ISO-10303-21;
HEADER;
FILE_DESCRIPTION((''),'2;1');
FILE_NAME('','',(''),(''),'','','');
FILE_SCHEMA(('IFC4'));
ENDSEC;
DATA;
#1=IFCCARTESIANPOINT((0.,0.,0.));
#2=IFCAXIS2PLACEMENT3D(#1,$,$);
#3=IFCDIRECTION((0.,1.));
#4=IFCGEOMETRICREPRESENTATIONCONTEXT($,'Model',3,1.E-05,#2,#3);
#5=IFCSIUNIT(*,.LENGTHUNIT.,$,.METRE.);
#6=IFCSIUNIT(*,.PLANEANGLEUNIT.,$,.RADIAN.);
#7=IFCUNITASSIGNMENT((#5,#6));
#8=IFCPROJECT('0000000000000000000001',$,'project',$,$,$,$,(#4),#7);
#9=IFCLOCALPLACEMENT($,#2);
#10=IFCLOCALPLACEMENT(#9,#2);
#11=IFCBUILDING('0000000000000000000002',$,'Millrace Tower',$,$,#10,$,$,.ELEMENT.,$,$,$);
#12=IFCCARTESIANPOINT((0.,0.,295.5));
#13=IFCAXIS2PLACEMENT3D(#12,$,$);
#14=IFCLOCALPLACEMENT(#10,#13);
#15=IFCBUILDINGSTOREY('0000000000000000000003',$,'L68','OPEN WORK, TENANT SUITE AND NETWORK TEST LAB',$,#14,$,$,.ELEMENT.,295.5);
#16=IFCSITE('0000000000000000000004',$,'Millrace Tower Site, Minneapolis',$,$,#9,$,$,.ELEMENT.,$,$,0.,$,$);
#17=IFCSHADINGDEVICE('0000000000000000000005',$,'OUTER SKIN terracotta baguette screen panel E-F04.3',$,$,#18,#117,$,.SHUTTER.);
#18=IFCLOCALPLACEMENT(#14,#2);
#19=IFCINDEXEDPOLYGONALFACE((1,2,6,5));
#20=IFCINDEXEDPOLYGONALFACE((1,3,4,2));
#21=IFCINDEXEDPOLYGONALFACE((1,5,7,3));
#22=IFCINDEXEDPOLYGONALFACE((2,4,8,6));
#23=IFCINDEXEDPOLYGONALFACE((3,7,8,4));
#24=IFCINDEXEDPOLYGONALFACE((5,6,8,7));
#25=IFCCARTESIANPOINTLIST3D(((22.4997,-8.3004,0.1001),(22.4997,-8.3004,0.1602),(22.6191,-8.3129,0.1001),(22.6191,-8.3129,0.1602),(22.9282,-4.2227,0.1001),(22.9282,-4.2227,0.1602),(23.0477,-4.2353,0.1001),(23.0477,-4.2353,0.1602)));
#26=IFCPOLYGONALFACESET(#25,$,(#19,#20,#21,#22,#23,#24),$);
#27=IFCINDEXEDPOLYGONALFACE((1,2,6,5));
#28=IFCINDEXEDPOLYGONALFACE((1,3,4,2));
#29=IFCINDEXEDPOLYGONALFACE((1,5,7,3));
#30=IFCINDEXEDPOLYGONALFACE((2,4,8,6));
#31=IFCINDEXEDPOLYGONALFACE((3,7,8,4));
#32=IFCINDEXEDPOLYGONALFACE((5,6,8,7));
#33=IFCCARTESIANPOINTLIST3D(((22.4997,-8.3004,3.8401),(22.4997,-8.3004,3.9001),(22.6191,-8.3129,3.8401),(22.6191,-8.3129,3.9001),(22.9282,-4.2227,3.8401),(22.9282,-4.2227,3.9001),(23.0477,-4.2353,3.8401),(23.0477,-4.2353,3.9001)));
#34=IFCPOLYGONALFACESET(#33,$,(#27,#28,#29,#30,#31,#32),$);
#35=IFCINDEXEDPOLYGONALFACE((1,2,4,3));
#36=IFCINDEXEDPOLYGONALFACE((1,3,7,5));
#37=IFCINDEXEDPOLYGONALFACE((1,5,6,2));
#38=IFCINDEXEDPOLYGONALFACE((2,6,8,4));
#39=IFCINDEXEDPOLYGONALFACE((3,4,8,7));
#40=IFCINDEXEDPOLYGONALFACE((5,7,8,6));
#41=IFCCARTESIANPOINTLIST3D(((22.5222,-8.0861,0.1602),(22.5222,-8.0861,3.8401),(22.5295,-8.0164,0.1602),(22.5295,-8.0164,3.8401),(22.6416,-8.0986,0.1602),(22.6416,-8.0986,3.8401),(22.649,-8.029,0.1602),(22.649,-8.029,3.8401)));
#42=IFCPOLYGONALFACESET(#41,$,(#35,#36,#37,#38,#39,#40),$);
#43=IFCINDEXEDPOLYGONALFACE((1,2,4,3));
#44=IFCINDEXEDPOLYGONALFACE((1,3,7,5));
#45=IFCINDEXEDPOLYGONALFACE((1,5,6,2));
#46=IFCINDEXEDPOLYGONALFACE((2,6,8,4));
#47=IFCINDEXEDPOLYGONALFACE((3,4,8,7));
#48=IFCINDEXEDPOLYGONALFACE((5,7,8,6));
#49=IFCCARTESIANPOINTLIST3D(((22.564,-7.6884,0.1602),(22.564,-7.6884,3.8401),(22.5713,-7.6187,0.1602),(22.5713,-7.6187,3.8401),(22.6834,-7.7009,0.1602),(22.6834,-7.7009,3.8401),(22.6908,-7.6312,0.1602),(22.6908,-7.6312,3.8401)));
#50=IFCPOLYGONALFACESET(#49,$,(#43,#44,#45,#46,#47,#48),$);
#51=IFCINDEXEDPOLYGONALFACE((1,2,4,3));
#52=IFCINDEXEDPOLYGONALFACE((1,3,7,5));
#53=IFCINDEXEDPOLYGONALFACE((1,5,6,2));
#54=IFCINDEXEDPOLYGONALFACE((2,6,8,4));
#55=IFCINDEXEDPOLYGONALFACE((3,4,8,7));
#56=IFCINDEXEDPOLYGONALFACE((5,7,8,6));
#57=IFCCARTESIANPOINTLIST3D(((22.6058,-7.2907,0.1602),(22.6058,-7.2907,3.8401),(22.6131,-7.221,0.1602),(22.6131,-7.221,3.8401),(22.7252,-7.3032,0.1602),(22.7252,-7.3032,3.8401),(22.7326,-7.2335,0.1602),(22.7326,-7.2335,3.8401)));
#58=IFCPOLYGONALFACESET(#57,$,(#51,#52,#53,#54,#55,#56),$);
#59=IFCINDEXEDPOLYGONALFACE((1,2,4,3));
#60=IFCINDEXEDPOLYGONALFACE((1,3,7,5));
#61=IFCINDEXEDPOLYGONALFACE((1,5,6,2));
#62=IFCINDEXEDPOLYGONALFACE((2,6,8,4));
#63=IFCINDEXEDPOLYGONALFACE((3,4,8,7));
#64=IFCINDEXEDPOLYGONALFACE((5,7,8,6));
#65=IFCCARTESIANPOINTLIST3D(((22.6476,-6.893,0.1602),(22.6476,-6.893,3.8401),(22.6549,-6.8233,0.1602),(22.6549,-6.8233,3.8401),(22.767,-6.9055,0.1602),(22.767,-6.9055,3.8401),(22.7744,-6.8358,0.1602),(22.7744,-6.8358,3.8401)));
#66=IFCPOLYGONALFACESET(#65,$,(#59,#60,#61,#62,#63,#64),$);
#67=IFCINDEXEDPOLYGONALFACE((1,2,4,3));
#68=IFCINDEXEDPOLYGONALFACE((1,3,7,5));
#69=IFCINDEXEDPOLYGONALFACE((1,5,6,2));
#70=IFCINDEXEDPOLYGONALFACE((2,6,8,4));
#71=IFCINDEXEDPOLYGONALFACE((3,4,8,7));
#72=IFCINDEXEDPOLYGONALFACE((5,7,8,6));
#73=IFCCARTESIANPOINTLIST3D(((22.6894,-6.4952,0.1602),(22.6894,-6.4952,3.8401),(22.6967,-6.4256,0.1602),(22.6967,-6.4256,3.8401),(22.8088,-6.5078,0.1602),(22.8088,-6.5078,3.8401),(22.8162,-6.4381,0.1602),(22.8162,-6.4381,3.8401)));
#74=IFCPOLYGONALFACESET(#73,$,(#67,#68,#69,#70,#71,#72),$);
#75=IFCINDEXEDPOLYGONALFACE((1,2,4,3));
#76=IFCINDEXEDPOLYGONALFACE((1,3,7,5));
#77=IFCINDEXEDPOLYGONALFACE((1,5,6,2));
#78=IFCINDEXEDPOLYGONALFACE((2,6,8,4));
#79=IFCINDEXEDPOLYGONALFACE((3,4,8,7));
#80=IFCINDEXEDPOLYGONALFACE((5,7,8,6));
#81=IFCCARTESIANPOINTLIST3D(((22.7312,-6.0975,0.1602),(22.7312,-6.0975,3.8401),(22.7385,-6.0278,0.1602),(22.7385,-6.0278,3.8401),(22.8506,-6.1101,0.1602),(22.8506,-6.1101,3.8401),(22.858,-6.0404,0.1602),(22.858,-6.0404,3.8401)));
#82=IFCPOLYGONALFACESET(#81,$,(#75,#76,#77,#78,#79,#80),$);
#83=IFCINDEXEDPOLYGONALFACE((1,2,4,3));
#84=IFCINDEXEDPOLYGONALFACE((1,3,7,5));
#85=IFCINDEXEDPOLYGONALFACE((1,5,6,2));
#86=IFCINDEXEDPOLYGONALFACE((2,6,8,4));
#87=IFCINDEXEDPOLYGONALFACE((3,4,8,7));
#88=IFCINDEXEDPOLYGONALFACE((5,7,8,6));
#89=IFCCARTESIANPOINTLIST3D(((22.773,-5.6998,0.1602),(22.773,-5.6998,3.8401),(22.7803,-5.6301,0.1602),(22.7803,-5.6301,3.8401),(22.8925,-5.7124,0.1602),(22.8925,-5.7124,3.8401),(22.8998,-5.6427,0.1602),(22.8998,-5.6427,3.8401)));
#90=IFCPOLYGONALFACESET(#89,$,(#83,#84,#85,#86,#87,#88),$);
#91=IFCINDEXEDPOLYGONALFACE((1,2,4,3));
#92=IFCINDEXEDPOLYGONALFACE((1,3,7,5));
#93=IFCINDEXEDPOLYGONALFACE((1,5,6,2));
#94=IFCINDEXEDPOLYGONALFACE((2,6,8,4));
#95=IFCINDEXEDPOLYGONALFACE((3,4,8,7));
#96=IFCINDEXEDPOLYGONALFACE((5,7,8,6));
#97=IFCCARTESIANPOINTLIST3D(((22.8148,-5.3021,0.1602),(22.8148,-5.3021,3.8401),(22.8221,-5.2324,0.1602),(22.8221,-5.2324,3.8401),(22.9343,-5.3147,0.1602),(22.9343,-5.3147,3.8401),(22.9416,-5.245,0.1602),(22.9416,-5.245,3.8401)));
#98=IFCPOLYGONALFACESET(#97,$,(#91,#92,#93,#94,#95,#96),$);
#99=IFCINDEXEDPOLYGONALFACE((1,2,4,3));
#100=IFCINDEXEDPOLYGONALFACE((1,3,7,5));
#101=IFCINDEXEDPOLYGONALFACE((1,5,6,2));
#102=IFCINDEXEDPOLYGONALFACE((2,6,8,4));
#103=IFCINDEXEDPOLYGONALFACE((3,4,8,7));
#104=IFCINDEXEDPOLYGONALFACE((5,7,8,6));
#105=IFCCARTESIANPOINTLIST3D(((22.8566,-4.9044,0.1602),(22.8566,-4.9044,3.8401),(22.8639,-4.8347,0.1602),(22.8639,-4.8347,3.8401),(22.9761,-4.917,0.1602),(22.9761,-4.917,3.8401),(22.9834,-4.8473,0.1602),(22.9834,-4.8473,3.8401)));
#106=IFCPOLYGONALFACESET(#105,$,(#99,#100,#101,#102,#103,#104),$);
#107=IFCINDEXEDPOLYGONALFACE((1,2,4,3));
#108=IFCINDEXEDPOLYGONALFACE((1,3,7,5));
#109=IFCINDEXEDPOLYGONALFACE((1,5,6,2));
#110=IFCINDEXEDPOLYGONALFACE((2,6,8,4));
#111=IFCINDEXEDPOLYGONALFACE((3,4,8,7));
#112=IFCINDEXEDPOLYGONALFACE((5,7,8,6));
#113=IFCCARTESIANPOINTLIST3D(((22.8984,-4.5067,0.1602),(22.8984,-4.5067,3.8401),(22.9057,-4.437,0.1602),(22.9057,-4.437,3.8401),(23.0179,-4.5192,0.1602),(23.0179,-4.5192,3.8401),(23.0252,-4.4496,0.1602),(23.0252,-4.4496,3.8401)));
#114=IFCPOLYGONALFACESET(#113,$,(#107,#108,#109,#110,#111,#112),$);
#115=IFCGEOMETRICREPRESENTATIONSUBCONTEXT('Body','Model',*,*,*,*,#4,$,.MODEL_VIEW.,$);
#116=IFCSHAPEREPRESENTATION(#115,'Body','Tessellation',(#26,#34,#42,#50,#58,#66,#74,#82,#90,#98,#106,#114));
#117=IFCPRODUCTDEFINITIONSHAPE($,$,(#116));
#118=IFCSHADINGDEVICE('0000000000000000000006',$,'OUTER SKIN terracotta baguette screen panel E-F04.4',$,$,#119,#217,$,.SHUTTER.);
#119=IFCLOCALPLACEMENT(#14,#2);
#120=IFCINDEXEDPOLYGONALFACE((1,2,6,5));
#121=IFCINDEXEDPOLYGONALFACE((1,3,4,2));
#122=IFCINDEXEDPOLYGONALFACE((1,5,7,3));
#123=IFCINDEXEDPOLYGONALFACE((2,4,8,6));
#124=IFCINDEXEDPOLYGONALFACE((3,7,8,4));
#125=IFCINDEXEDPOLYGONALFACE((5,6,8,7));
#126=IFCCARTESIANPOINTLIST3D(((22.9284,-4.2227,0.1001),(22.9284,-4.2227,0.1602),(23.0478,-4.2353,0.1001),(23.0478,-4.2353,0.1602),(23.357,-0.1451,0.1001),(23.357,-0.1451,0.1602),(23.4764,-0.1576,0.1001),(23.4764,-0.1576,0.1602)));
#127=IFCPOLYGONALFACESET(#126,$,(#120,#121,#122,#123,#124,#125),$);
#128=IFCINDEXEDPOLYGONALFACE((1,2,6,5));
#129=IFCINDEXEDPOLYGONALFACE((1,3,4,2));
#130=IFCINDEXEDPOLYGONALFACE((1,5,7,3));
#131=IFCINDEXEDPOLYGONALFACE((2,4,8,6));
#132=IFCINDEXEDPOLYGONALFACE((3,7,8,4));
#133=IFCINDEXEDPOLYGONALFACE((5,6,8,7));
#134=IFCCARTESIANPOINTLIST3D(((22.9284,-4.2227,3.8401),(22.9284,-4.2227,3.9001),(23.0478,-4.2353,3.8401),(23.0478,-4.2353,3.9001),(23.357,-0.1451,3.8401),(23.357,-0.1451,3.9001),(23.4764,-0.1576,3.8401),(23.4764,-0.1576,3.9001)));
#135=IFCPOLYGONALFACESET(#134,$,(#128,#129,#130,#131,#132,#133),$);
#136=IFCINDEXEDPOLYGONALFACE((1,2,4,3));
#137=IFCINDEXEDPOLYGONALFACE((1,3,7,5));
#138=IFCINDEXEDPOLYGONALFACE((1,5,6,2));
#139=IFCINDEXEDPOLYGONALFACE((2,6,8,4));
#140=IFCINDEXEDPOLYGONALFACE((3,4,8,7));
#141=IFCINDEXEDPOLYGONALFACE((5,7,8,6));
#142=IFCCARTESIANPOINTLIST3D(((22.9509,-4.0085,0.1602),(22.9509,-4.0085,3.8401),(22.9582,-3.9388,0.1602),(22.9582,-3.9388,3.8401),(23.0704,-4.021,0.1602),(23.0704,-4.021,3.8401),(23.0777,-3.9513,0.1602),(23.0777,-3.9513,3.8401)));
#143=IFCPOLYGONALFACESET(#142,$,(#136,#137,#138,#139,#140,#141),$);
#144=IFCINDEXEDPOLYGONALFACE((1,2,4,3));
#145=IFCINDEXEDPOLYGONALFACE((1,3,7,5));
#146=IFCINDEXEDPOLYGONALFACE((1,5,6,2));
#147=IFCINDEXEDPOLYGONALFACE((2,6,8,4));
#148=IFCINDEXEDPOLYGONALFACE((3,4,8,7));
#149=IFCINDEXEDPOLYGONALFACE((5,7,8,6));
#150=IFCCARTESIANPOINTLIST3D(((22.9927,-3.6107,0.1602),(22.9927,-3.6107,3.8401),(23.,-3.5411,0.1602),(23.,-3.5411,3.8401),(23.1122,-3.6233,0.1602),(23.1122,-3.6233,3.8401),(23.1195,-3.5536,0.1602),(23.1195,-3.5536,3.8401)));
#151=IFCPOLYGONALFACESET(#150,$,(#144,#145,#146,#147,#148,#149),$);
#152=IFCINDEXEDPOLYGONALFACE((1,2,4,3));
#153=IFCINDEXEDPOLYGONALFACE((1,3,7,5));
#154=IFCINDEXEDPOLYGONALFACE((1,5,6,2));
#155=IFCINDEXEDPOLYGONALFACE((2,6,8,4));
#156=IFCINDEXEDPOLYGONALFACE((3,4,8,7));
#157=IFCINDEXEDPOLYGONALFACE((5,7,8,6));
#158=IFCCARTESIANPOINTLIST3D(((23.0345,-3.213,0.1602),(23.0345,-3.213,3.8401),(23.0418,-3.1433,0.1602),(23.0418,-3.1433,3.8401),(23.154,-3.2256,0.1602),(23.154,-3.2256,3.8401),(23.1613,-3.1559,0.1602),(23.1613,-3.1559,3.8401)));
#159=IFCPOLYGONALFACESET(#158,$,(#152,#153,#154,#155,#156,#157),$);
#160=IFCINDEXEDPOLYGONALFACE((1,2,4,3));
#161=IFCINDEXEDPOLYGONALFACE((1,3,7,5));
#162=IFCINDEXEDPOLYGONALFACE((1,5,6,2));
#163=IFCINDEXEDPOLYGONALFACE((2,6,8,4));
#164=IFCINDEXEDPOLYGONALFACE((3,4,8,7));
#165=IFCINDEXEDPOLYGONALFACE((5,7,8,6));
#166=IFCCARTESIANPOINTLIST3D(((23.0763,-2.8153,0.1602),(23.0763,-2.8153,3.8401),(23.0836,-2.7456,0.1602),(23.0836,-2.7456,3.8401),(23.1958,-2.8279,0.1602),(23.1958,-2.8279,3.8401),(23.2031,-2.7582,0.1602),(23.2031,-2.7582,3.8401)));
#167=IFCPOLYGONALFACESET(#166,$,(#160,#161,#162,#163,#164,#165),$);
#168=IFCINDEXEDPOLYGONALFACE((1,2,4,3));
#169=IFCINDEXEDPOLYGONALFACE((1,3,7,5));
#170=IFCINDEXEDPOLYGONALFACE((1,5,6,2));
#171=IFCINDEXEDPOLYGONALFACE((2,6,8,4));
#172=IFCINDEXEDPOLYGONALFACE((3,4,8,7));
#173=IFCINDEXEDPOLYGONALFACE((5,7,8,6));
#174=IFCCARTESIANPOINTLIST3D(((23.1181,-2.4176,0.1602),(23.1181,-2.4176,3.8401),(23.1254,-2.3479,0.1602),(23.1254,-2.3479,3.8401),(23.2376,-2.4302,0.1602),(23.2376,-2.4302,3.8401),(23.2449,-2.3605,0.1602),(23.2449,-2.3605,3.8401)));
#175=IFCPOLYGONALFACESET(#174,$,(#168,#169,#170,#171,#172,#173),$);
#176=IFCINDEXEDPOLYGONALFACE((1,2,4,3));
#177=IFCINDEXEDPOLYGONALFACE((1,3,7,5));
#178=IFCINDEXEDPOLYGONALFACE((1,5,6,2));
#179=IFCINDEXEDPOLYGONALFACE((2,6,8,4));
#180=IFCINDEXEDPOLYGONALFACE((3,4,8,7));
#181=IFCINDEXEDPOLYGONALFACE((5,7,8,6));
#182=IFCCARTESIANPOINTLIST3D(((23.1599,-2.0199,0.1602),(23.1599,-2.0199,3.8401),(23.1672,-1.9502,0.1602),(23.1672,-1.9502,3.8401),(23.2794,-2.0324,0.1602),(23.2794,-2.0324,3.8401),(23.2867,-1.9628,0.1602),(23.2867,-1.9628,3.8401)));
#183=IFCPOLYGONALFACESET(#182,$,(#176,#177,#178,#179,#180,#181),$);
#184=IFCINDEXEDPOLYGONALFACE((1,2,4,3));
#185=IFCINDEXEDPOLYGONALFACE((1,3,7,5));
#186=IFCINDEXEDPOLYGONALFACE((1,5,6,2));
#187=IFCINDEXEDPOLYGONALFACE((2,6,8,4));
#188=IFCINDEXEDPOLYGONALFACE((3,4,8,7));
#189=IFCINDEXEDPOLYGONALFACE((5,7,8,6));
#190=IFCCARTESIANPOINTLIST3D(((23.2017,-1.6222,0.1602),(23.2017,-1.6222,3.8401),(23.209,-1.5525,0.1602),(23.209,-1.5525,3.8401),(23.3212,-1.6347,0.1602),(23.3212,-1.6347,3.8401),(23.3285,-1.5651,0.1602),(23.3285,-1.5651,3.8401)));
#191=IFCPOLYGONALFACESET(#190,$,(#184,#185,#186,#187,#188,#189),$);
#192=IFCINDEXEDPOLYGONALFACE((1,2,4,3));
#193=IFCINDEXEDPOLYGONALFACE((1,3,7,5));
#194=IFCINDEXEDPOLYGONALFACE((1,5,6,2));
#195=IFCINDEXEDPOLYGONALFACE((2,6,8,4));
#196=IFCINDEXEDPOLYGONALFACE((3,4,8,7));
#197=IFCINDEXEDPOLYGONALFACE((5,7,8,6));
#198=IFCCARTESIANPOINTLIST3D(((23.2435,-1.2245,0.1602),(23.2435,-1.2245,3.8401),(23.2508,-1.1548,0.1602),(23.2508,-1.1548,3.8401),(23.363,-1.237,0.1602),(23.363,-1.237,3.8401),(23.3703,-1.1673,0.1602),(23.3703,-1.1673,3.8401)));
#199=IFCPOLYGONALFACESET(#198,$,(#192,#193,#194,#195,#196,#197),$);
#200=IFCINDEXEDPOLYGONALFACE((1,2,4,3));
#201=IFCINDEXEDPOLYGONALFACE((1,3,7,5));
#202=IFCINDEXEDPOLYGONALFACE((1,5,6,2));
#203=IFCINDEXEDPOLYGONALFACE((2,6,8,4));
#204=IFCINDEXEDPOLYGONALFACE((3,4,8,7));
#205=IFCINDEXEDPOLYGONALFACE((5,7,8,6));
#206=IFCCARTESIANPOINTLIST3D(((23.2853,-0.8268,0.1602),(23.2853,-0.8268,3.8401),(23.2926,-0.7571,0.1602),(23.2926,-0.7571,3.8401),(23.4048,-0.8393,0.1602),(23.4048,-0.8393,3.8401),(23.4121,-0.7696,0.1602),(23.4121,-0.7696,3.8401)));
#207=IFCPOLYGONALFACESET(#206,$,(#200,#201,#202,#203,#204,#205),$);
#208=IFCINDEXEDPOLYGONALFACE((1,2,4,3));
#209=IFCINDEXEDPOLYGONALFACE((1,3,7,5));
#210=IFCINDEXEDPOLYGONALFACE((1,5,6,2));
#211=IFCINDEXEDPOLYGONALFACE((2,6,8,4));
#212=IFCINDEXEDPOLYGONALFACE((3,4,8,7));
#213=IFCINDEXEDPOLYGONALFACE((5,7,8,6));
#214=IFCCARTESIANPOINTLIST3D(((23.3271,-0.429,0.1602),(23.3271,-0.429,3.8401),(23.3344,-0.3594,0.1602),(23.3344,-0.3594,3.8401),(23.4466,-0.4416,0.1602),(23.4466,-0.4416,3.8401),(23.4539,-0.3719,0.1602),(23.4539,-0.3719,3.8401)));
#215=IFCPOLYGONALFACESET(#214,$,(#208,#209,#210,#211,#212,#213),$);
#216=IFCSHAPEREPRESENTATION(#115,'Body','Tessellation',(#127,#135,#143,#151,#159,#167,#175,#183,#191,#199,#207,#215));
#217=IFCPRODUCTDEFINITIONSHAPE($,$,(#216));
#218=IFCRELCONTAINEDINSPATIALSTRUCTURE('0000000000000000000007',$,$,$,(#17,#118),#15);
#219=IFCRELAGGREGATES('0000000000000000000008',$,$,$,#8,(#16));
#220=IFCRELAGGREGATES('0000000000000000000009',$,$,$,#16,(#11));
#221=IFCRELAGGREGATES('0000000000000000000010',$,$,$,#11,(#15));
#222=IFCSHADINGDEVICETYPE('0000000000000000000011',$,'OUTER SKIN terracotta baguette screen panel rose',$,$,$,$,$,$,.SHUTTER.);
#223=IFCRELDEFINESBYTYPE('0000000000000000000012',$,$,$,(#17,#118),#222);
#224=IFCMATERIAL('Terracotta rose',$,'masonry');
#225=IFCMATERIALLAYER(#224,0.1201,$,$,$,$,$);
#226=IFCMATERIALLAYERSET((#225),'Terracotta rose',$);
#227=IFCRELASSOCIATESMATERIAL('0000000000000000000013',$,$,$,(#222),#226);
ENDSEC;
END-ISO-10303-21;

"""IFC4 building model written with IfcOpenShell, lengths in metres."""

from ifc_helpers import new_model, entity, si_unit, direction, frame, frame_2d, origin, place, context, subcontext, project, spatial, rectangle, extrude, source, transform, mapped, material, layer, layer_set, type_object, element, save


model = new_model("IFC4")

# Units and contexts
model_context = context("Model", 3, precision=1e-05, world=origin(), true_north=direction((0.0, 1.0)))
body_context = subcontext(model_context, "Body", "Model", "MODEL_VIEW")
ifc_project = project(units=[si_unit("LENGTHUNIT", "METRE"), si_unit("PLANEANGLEUNIT", "RADIAN")], contexts=[model_context])

# Site, building, storey
site_placement = place(None, origin())
site = spatial("IfcSite", under=ifc_project, at=site_placement, Name="Millrace Tower Site, Minneapolis", CompositionType="ELEMENT", RefElevation=0.0)
building_placement = place(site_placement, origin())
building = spatial("IfcBuilding", under=site, at=building_placement, Name="Millrace Tower", CompositionType="ELEMENT")
storey_placement = place(building_placement, frame((0.0, 0.0, 295.5)))
storey = spatial("IfcBuildingStorey", under=building, at=storey_placement, Name="L68", Description="OPEN WORK, TENANT SUITE AND NETWORK TEST LAB", CompositionType="ELEMENT", Elevation=295.5)

# Shading devices
ifc_material_1 = material(Name="Terracotta rose", Category="masonry")
ifc_layer_1 = layer(ifc_material_1, 0.1201)
ifc_layer_set_1 = layer_set([ifc_layer_1], Name="Terracotta rose")
shading_device_type = type_object("IfcShadingDeviceType", Name="OUTER SKIN terracotta baguette screen panel rose", PredefinedType="SHUTTER", material=ifc_layer_set_1)
cartesian_point = entity("IfcCartesianPoint", [-2.05, 0.0601])
shared_polyline = entity("IfcPolyline", [cartesian_point, entity("IfcCartesianPoint", [2.05, 0.0601]), entity("IfcCartesianPoint", [2.05, -0.0601]), entity("IfcCartesianPoint", [-2.05, -0.0601]), cartesian_point])
shared_shape = source(origin(), body_context, "Body", "SweptSolid", [
    entity("IfcExtrudedAreaSolid", entity("IfcArbitraryClosedProfileDef", "AREA", None, shared_polyline), entity("IfcAxis2Placement3D", entity("IfcCartesianPoint", [0.0, 0.0, 0.0])), entity("IfcDirection", [0.0, 0.0, 1.0]), 0.0601),
    entity("IfcExtrudedAreaSolid", entity("IfcArbitraryClosedProfileDef", "AREA", None, shared_polyline), entity("IfcAxis2Placement3D", entity("IfcCartesianPoint", [0.0, 0.0, 3.74])), entity("IfcDirection", [0.0, 0.0, 1.0]), 0.0601),
    extrude(rectangle(XDim=0.0701, YDim=0.1201, at=frame_2d((-1.7996, 0.0))), frame((0.0, 0.0, 0.0601)), (0.0, 0.0, 1.0), 3.6799),
    extrude(rectangle(XDim=0.0701, YDim=0.1201, at=frame_2d((-1.3997, 0.0))), frame((0.0, 0.0, 0.0601)), (0.0, 0.0, 1.0), 3.6799),
    extrude(rectangle(XDim=0.0701, YDim=0.1201, at=frame_2d((-0.9998, 0.0))), frame((0.0, 0.0, 0.0601)), (0.0, 0.0, 1.0), 3.6799),
    extrude(rectangle(XDim=0.0701, YDim=0.1201, at=frame_2d((-0.5999, 0.0))), frame((0.0, 0.0, 0.0601)), (0.0, 0.0, 1.0), 3.6799),
    extrude(rectangle(XDim=0.0701, YDim=0.1201, at=frame_2d((-0.2, 0.0))), frame((0.0, 0.0, 0.0601)), (0.0, 0.0, 1.0), 3.6799),
    extrude(rectangle(XDim=0.0701, YDim=0.1201, at=frame_2d((0.2, 0.0))), frame((0.0, 0.0, 0.0601)), (0.0, 0.0, 1.0), 3.6799),
    extrude(rectangle(XDim=0.0701, YDim=0.1201, at=frame_2d((0.5999, 0.0))), frame((0.0, 0.0, 0.0601)), (0.0, 0.0, 1.0), 3.6799),
    extrude(rectangle(XDim=0.0701, YDim=0.1201, at=frame_2d((0.9998, 0.0))), frame((0.0, 0.0, 0.0601)), (0.0, 0.0, 1.0), 3.6799),
    extrude(rectangle(XDim=0.0701, YDim=0.1201, at=frame_2d((1.3997, 0.0))), frame((0.0, 0.0, 0.0601)), (0.0, 0.0, 1.0), 3.6799),
    extrude(rectangle(XDim=0.0701, YDim=0.1201, at=frame_2d((1.7996, 0.0))), frame((0.0, 0.0, 0.0601)), (0.0, 0.0, 1.0), 3.6799),
])
for number, where, z_axis, x_axis, name in (
    (1, (22.7737, -6.2678, 0.1001), (0.0, 0.0, 1.0), (0.104528, 0.994522, 0.0), "OUTER SKIN terracotta baguette screen panel E-F04.3"),
    (2, (23.2024, -2.1902, 0.1001), (0.0, 0.0, 1.0), (0.104528, 0.994522, 0.0), "OUTER SKIN terracotta baguette screen panel E-F04.4"),
):
    element("IfcShadingDevice", number, at=place(storey_placement, frame(where, z_axis=z_axis, x_axis=x_axis)), inside=storey, type_object=shading_device_type, Name=name, PredefinedType="SHUTTER", context=body_context, shape_type="MappedRepresentation", body=[
        mapped(shared_shape, transform((0.0, 0.0, 0.0), scale=1.0)),
    ])

save(model, "model.ifc")
